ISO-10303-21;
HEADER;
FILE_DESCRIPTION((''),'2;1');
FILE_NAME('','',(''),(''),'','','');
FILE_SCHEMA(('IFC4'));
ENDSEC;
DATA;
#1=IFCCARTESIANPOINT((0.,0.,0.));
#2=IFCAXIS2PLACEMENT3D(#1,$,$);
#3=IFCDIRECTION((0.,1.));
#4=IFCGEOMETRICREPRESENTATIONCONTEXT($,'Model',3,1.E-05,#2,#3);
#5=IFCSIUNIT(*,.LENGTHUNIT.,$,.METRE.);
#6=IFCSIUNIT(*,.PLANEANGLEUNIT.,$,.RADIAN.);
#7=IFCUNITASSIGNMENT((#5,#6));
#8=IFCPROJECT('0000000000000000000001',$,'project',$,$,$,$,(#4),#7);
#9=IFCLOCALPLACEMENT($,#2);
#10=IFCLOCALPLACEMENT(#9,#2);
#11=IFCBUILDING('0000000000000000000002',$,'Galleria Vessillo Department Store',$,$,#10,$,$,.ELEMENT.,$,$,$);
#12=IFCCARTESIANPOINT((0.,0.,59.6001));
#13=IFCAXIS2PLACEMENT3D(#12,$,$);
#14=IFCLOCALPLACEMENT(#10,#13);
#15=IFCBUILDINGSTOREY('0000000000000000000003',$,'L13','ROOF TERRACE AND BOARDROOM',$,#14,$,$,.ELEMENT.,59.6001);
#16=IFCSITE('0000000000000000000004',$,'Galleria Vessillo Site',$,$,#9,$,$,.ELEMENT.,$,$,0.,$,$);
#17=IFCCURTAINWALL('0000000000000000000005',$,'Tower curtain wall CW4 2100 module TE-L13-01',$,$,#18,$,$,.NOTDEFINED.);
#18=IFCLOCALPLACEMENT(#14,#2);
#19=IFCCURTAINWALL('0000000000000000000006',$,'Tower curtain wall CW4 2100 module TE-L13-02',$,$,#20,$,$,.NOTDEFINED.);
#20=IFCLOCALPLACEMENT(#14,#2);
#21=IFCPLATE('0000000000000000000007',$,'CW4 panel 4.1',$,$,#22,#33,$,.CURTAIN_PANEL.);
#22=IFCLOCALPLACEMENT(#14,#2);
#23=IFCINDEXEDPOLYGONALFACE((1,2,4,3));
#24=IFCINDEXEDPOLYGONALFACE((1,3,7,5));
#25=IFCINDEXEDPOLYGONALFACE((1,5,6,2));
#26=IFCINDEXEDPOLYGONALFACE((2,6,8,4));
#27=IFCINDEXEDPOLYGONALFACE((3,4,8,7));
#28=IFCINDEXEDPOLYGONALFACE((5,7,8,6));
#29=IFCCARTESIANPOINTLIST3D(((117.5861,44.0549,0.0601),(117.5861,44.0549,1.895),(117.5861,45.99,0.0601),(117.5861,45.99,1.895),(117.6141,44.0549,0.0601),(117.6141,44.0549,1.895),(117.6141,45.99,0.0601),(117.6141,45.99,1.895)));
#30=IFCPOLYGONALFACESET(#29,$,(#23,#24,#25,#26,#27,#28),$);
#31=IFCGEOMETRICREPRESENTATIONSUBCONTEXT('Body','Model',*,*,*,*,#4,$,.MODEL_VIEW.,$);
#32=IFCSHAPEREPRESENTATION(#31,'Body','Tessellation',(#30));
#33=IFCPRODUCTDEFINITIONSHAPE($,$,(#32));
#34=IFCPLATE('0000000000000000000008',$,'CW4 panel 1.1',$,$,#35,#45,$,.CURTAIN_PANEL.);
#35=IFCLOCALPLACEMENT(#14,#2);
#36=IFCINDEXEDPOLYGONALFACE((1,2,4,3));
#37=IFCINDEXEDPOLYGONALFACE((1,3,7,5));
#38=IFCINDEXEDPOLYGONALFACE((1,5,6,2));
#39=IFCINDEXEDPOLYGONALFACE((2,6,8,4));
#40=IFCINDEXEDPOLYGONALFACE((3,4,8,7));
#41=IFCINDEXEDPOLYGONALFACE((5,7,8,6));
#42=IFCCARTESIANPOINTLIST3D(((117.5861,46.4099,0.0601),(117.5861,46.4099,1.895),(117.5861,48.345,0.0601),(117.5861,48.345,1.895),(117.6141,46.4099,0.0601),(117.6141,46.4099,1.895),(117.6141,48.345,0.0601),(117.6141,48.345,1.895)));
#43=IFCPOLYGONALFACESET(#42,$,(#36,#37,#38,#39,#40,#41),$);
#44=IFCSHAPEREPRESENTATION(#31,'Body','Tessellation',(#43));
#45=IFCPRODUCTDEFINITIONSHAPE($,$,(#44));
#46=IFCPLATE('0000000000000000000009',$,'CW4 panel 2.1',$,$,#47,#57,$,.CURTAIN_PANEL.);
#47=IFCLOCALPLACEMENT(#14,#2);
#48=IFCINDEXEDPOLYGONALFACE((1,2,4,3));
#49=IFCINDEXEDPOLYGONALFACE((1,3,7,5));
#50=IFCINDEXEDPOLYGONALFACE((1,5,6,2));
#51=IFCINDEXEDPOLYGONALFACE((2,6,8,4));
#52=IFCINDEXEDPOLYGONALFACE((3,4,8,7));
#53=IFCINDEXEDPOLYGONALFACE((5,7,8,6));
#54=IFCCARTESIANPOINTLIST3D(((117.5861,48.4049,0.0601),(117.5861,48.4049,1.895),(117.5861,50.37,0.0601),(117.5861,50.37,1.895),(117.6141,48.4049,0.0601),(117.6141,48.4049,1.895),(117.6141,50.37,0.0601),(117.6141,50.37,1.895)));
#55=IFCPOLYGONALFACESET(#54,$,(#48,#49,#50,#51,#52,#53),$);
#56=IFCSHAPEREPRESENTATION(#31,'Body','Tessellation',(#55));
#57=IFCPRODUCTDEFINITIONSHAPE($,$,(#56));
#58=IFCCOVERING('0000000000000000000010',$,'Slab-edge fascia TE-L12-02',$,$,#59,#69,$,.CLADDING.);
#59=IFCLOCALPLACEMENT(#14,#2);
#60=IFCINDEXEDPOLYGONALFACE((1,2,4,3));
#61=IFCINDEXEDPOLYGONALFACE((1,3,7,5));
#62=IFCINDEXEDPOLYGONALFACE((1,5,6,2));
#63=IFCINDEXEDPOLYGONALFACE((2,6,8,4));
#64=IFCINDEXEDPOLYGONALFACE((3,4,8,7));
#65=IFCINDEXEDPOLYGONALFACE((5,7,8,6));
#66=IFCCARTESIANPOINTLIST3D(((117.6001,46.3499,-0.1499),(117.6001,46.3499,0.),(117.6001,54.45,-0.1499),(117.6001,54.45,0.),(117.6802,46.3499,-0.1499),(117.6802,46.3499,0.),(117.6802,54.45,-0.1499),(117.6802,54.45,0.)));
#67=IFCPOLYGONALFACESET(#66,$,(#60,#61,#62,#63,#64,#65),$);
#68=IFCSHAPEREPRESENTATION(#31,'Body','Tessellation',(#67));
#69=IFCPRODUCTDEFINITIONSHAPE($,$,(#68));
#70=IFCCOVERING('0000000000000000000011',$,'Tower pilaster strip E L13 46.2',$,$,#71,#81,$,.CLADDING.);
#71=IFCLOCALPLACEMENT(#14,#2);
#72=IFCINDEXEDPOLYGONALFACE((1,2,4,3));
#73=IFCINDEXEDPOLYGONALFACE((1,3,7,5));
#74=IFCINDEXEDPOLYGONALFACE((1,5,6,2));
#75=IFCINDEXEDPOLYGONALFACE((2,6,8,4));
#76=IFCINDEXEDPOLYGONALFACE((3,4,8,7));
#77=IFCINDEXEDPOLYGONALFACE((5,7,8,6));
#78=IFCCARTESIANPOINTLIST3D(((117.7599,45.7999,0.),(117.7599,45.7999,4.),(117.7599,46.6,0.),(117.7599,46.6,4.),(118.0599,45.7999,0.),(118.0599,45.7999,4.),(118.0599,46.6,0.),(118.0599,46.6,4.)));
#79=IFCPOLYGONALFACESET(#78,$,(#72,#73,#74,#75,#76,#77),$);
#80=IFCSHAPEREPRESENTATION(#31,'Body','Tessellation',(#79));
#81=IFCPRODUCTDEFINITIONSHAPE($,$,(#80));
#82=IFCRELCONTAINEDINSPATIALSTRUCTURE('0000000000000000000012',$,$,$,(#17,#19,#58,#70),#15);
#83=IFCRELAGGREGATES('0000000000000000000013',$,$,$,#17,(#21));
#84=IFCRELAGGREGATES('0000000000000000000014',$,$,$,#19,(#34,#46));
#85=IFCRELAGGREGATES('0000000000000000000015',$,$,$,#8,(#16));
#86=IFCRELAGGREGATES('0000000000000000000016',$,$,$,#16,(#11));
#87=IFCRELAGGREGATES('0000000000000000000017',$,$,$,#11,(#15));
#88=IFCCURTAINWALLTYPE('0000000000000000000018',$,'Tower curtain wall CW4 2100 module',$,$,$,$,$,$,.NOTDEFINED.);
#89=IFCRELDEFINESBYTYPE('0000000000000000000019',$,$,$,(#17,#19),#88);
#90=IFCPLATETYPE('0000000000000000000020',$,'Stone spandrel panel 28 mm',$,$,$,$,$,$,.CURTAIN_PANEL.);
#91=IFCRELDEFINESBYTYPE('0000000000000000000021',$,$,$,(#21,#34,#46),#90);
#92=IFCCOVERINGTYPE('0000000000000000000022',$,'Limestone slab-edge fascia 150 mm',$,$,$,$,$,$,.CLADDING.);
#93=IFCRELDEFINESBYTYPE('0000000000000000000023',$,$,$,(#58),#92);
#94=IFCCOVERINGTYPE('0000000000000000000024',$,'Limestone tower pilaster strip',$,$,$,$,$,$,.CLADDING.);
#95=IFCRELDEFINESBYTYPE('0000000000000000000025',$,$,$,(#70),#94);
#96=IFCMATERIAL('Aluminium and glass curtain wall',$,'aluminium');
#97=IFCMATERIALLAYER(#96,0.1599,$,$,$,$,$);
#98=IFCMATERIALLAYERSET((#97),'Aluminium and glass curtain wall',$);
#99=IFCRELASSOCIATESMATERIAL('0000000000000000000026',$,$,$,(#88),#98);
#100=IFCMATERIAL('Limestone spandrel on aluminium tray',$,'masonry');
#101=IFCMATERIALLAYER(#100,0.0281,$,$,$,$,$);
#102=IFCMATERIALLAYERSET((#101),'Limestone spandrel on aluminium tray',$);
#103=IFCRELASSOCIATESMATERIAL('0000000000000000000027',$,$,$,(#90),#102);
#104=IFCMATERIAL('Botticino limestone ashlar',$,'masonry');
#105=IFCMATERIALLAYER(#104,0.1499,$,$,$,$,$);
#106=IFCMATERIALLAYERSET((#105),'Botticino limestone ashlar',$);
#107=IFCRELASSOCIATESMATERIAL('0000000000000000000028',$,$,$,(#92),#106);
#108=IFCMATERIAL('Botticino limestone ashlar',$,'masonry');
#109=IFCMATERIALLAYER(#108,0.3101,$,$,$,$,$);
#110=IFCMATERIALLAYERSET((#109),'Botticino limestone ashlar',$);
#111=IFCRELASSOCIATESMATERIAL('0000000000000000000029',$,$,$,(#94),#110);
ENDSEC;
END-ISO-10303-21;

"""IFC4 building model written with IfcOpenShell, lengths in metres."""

from ifc_helpers import new_model, si_unit, direction, frame, origin, origin_2d, place, context, subcontext, project, spatial, rectangle, extrude, material, layer, layer_set, type_object, element, aggregate, save


model = new_model("IFC4")

# Units and contexts
model_context = context("Model", 3, precision=1e-05, world=origin(), true_north=direction((0.0, 1.0)))
body_context = subcontext(model_context, "Body", "Model", "MODEL_VIEW")
ifc_project = project(units=[si_unit("LENGTHUNIT", "METRE"), si_unit("PLANEANGLEUNIT", "RADIAN")], contexts=[model_context])

# Site, building, storey
site_placement = place(None, origin())
site = spatial("IfcSite", under=ifc_project, at=site_placement, Name="Galleria Vessillo Site", CompositionType="ELEMENT", RefElevation=0.0)
building_placement = place(site_placement, origin())
building = spatial("IfcBuilding", under=site, at=building_placement, Name="Galleria Vessillo Department Store", CompositionType="ELEMENT")
storey_placement = place(building_placement, frame((0.0, 0.0, 59.6001)))
storey = spatial("IfcBuildingStorey", under=building, at=storey_placement, Name="L13", Description="ROOF TERRACE AND BOARDROOM", CompositionType="ELEMENT", Elevation=59.6001)

# Curtain wall
ifc_material_1 = material(Name="Aluminium and glass curtain wall", Category="aluminium")
ifc_layer_1 = layer(ifc_material_1, 0.1599)
ifc_layer_set_1 = layer_set([ifc_layer_1], Name="Aluminium and glass curtain wall")
curtain_wall_type = type_object("IfcCurtainWallType", Name="Tower curtain wall CW4 2100 module", PredefinedType="NOTDEFINED", material=ifc_layer_set_1)
curtain_wall_1_placement = place(storey_placement, origin())
curtain_wall_1 = element("IfcCurtainWall", 1, at=curtain_wall_1_placement, inside=storey, type_object=curtain_wall_type, Name="Tower curtain wall CW4 2100 module TE-L13-01", PredefinedType="NOTDEFINED")

# Curtain wall
curtain_wall_2_placement = place(storey_placement, origin())
curtain_wall_2 = element("IfcCurtainWall", 2, at=curtain_wall_2_placement, inside=storey, type_object=curtain_wall_type, Name="Tower curtain wall CW4 2100 module TE-L13-02", PredefinedType="NOTDEFINED")

# Plates
ifc_material_2 = material(Name="Limestone spandrel on aluminium tray", Category="masonry")
ifc_layer_2 = layer(ifc_material_2, 0.0281)
ifc_layer_set_2 = layer_set([ifc_layer_2], Name="Limestone spandrel on aluminium tray")
plate_type_1 = type_object("IfcPlateType", Name="Stone spandrel panel 28 mm", PredefinedType="CURTAIN_PANEL", material=ifc_layer_set_2)
plate_1_placement = place(storey_placement, frame((117.6001, 45.0225, 0.0601), z_axis=(0.0, 0.0, 1.0), x_axis=(0.0, 1.0, 0.0)))
plate_1 = element("IfcPlate", 3, at=plate_1_placement, type_object=plate_type_1, Name="CW4 panel 4.1", PredefinedType="CURTAIN_PANEL", context=body_context, shape_type="SweptSolid", body=[
    extrude(rectangle(XDim=1.9351, YDim=0.0281, at=origin_2d()), origin(), (0.0, 0.0, 1.0), 1.835),
])
aggregate(curtain_wall_1, [plate_1])
plate_2_placement = place(storey_placement, frame((117.6001, 47.3774, 0.0601), z_axis=(0.0, 0.0, 1.0), x_axis=(0.0, 1.0, 0.0)))
plate_2 = element("IfcPlate", 4, at=plate_2_placement, type_object=plate_type_1, Name="CW4 panel 1.1", PredefinedType="CURTAIN_PANEL", context=body_context, shape_type="SweptSolid", body=[
    extrude(rectangle(XDim=1.9351, YDim=0.0281, at=origin_2d()), origin(), (0.0, 0.0, 1.0), 1.835),
])
plate_3_placement = place(storey_placement, frame((117.6001, 49.3875, 0.0601), z_axis=(0.0, 0.0, 1.0), x_axis=(0.0, 1.0, 0.0)))
plate_3 = element("IfcPlate", 5, at=plate_3_placement, type_object=plate_type_1, Name="CW4 panel 2.1", PredefinedType="CURTAIN_PANEL", context=body_context, shape_type="SweptSolid", body=[
    extrude(rectangle(XDim=1.9651, YDim=0.0281, at=origin_2d()), origin(), (0.0, 0.0, 1.0), 1.835),
])
aggregate(curtain_wall_2, [plate_2, plate_3])

# Coverings
ifc_material_3 = material(Name="Botticino limestone ashlar", Category="masonry")
ifc_layer_3 = layer(ifc_material_3, 0.1499)
ifc_layer_set_3 = layer_set([ifc_layer_3], Name="Botticino limestone ashlar")
covering_type_1 = type_object("IfcCoveringType", Name="Limestone slab-edge fascia 150 mm", PredefinedType="CLADDING", material=ifc_layer_set_3)
covering_1_placement = place(storey_placement, frame((117.6401, 50.3999, -0.1499), z_axis=(0.0, 0.0, 1.0), x_axis=(1.0, 0.0, 0.0)))
element("IfcCovering", 6, at=covering_1_placement, inside=storey, type_object=covering_type_1, Name="Slab-edge fascia TE-L12-02", PredefinedType="CLADDING", context=body_context, shape_type="SweptSolid", body=[
    extrude(rectangle(XDim=0.0801, YDim=8.1001, at=origin_2d()), origin(), (0.0, 0.0, 1.0), 0.1499),
])
ifc_material_4 = material(Name="Botticino limestone ashlar", Category="masonry")
ifc_layer_4 = layer(ifc_material_4, 0.3101)
ifc_layer_set_4 = layer_set([ifc_layer_4], Name="Botticino limestone ashlar")
covering_type_2 = type_object("IfcCoveringType", Name="Limestone tower pilaster strip", PredefinedType="CLADDING", material=ifc_layer_set_4)
covering_2_placement = place(storey_placement, frame((117.9099, 46.2, 0.0), z_axis=(0.0, 0.0, 1.0), x_axis=(1.0, 0.0, 0.0)))
element("IfcCovering", 7, at=covering_2_placement, inside=storey, type_object=covering_type_2, Name="Tower pilaster strip E L13 46.2", PredefinedType="CLADDING", context=body_context, shape_type="SweptSolid", body=[
    extrude(rectangle(XDim=0.3, YDim=0.8, at=origin_2d()), origin(), (0.0, 0.0, 1.0), 4.0),
])

save(model, "model.ifc")
